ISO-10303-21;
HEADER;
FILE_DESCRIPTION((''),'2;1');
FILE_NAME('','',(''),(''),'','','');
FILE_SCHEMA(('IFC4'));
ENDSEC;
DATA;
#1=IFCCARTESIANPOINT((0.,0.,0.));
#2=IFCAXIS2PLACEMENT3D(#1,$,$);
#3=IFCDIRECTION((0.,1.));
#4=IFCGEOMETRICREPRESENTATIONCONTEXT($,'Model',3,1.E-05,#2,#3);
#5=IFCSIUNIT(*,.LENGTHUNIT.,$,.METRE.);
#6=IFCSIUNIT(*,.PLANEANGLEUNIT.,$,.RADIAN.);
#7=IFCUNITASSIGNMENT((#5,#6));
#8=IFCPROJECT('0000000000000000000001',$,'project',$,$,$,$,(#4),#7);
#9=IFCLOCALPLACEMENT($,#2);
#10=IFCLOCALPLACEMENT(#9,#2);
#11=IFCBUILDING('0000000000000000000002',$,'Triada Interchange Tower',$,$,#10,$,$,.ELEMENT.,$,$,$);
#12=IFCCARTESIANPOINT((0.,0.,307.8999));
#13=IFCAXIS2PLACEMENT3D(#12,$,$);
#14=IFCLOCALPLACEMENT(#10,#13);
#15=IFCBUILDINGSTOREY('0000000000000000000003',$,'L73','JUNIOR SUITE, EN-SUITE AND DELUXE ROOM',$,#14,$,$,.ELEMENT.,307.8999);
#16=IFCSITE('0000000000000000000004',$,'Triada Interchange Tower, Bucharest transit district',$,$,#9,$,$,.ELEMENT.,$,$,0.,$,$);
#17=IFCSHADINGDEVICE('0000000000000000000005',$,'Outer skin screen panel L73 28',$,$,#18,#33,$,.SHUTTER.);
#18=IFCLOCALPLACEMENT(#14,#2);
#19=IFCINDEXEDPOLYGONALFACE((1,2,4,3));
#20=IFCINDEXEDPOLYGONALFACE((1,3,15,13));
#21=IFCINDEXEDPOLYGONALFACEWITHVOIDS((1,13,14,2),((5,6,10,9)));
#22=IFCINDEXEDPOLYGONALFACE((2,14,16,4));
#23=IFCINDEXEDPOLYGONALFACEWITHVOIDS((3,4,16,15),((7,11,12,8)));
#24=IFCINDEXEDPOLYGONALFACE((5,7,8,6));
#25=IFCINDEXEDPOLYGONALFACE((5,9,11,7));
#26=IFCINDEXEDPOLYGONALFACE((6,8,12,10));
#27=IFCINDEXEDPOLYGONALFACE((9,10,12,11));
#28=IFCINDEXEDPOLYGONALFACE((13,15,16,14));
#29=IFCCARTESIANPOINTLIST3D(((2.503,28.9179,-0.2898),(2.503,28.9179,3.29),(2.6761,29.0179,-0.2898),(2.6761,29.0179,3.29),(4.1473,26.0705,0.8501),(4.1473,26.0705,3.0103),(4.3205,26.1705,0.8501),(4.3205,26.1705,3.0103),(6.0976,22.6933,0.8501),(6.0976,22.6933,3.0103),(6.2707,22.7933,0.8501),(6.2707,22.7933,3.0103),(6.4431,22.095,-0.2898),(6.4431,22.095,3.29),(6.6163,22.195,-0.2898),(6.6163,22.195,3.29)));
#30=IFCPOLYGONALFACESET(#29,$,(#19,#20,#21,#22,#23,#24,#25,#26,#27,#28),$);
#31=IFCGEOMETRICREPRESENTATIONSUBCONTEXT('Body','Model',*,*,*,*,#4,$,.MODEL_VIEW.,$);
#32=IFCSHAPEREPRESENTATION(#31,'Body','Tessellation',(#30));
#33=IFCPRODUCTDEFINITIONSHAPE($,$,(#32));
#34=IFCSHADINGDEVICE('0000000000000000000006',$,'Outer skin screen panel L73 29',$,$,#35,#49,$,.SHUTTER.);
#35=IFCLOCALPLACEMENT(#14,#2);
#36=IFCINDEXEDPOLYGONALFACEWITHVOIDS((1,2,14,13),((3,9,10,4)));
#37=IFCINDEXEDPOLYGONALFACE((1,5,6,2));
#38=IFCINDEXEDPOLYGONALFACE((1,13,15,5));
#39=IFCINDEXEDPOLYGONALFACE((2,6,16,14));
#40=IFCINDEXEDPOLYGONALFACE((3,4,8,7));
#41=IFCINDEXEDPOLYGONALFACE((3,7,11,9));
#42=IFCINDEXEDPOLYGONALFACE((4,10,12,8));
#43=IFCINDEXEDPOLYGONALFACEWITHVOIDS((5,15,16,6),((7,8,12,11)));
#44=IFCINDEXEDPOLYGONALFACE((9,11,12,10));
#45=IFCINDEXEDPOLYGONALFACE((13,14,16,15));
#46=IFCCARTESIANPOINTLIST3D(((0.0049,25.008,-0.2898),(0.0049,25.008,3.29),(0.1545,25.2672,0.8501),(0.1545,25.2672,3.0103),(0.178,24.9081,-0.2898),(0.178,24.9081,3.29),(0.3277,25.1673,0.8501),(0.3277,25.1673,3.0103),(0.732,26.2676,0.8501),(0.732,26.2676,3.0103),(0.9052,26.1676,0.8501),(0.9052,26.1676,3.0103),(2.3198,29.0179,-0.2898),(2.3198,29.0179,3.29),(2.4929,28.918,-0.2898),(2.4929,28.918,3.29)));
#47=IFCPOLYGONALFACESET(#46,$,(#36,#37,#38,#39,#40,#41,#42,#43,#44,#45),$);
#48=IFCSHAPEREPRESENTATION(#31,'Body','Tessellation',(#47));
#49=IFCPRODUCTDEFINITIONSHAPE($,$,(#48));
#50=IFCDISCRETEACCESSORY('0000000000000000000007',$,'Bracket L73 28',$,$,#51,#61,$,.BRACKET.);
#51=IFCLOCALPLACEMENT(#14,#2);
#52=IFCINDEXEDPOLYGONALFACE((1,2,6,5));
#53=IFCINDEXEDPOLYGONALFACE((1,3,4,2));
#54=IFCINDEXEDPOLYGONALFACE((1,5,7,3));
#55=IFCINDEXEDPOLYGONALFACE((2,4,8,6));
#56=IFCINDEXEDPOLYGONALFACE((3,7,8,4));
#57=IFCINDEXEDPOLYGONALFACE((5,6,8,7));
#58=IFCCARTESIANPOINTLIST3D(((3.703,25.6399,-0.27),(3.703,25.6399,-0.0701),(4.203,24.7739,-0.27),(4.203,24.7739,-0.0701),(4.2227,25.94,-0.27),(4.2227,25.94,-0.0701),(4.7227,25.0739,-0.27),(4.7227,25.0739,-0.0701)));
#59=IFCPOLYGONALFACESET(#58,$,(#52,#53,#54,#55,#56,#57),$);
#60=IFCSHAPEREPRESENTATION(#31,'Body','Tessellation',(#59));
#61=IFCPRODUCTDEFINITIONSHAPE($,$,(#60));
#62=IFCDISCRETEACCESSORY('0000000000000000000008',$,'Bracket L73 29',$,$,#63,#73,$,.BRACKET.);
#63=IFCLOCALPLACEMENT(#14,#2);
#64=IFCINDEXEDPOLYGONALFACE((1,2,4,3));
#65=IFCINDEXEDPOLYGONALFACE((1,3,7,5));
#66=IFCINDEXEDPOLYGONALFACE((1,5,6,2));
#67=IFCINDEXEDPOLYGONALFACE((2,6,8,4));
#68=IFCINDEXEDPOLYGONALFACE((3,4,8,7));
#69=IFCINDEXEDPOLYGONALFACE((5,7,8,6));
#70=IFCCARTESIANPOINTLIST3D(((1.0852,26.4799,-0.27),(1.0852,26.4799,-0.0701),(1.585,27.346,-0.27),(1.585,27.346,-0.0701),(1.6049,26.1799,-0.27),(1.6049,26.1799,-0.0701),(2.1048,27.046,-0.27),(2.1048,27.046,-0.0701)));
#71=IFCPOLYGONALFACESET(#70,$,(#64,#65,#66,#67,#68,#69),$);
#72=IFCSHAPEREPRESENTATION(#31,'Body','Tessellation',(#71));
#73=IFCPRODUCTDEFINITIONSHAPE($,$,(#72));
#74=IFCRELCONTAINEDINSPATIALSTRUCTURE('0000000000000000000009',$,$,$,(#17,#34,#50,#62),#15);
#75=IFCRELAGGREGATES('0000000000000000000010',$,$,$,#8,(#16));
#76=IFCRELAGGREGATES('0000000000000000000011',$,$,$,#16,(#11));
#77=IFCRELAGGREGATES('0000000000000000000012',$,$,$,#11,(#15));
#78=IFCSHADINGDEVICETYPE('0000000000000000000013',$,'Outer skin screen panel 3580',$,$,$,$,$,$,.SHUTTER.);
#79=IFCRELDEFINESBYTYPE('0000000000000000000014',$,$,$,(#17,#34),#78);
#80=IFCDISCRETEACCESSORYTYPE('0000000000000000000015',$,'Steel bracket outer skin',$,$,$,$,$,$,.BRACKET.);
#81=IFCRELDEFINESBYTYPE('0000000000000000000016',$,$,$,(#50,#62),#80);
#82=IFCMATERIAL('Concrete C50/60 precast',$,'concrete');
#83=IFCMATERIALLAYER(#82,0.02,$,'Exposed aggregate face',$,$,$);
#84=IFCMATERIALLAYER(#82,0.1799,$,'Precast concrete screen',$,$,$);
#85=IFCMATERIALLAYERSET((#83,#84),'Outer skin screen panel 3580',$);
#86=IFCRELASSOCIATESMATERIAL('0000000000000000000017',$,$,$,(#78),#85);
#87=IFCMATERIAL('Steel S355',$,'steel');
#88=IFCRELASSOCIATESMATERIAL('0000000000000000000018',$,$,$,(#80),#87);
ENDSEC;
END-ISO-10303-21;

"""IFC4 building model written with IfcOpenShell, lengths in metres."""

from ifc_helpers import new_model, si_unit, direction, frame, origin, origin_2d, place, context, subcontext, project, spatial, polyline, rectangle, outline, extrude, material, layer, layer_set, type_object, element, save


model = new_model("IFC4")

# Units and contexts
model_context = context("Model", 3, precision=1e-05, world=origin(), true_north=direction((0.0, 1.0)))
body_context = subcontext(model_context, "Body", "Model", "MODEL_VIEW")
ifc_project = project(units=[si_unit("LENGTHUNIT", "METRE"), si_unit("PLANEANGLEUNIT", "RADIAN")], contexts=[model_context])

# Site, building, storey
site_placement = place(None, origin())
site = spatial("IfcSite", under=ifc_project, at=site_placement, Name="Triada Interchange Tower, Bucharest transit district", CompositionType="ELEMENT", RefElevation=0.0)
building_placement = place(site_placement, origin())
building = spatial("IfcBuilding", under=site, at=building_placement, Name="Triada Interchange Tower", CompositionType="ELEMENT")
storey_placement = place(building_placement, frame((0.0, 0.0, 307.8999)))
storey = spatial("IfcBuildingStorey", under=building, at=storey_placement, Name="L73", Description="JUNIOR SUITE, EN-SUITE AND DELUXE ROOM", CompositionType="ELEMENT", Elevation=307.8999)

# Shading devices
ifc_material_1 = material(Name="Concrete C50/60 precast", Category="concrete")
ifc_layer_1 = layer(ifc_material_1, 0.02, Name="Exposed aggregate face")
ifc_layer_2 = layer(ifc_material_1, 0.1799, Name="Precast concrete screen")
ifc_layer_set_1 = layer_set([ifc_layer_1, ifc_layer_2], Name="Outer skin screen panel 3580")
shading_device_type = type_object("IfcShadingDeviceType", Name="Outer skin screen panel 3580", PredefinedType="SHUTTER", material=ifc_layer_set_1)
shading_device_1_placement = place(storey_placement, frame((6.4431, 22.095, -0.2898), z_axis=(0.0, 0.0, 1.0), x_axis=(-0.500088, 0.865975, 0.0)))
element("IfcShadingDevice", 1, at=shading_device_1_placement, inside=storey, type_object=shading_device_type, Name="Outer skin screen panel L73 28", PredefinedType="SHUTTER", context=body_context, shape_type="SweptSolid", body=[
    extrude(outline(polyline([(0.0, 0.0), (7.8789, 0.0), (7.8789, 3.5798), (0.0, 3.5798), (0.0, 0.0)]), holes=[polyline([(0.6909, 1.1399), (0.6909, 3.3), (4.5908, 3.3), (4.5908, 1.1399), (0.6909, 1.1399)])]), frame((0.0, 0.0, 0.0), z_axis=(0.0, -1.0, 0.0), x_axis=(1.0, 0.0, 0.0)), (0.0, 0.0, 1.0), 0.2),
])
shading_device_2_placement = place(storey_placement, frame((2.4929, 28.918, -0.2898), z_axis=(0.0, 0.0, 1.0), x_axis=(-0.499961, -0.866048, 0.0)))
element("IfcShadingDevice", 2, at=shading_device_2_placement, inside=storey, type_object=shading_device_type, Name="Outer skin screen panel L73 29", PredefinedType="SHUTTER", context=body_context, shape_type="SweptSolid", body=[
    extrude(outline(polyline([(0.0, 0.0), (4.6301, 0.0), (4.6301, 3.5798), (0.0, 3.5798), (0.0, 0.0)]), holes=[polyline([(3.1758, 1.1399), (3.1758, 3.3), (4.3308, 3.3), (4.3308, 1.1399), (3.1758, 1.1399)])]), frame((0.0, 0.0, 0.0), z_axis=(0.0, -1.0, 0.0), x_axis=(1.0, 0.0, 0.0)), (0.0, 0.0, 1.0), 0.2),
])

# Discrete accessories
ifc_material_2 = material(Name="Steel S355", Category="steel")
discrete_accessory_type = type_object("IfcDiscreteAccessoryType", Name="Steel bracket outer skin", PredefinedType="BRACKET", material=ifc_material_2)
for number, where, z_axis, x_axis, name in (
    (3, (4.2129, 25.3569, -0.27), (0.0, 0.0, 1.0), (0.866027, 0.499997, 0.0), "Bracket L73 28"),
    (4, (1.595, 26.7629, -0.27), (0.0, 0.0, 1.0), (-0.866092, 0.499884, 0.0), "Bracket L73 29"),
):
    element("IfcDiscreteAccessory", number, at=place(storey_placement, frame(where, z_axis=z_axis, x_axis=x_axis)), inside=storey, type_object=discrete_accessory_type, Name=name, PredefinedType="BRACKET", context=body_context, shape_type="SweptSolid", body=[
        extrude(rectangle(XDim=0.6001, YDim=1.0, at=origin_2d()), origin(), (0.0, 0.0, 1.0), 0.2),
    ])

save(model, "model.ifc")
